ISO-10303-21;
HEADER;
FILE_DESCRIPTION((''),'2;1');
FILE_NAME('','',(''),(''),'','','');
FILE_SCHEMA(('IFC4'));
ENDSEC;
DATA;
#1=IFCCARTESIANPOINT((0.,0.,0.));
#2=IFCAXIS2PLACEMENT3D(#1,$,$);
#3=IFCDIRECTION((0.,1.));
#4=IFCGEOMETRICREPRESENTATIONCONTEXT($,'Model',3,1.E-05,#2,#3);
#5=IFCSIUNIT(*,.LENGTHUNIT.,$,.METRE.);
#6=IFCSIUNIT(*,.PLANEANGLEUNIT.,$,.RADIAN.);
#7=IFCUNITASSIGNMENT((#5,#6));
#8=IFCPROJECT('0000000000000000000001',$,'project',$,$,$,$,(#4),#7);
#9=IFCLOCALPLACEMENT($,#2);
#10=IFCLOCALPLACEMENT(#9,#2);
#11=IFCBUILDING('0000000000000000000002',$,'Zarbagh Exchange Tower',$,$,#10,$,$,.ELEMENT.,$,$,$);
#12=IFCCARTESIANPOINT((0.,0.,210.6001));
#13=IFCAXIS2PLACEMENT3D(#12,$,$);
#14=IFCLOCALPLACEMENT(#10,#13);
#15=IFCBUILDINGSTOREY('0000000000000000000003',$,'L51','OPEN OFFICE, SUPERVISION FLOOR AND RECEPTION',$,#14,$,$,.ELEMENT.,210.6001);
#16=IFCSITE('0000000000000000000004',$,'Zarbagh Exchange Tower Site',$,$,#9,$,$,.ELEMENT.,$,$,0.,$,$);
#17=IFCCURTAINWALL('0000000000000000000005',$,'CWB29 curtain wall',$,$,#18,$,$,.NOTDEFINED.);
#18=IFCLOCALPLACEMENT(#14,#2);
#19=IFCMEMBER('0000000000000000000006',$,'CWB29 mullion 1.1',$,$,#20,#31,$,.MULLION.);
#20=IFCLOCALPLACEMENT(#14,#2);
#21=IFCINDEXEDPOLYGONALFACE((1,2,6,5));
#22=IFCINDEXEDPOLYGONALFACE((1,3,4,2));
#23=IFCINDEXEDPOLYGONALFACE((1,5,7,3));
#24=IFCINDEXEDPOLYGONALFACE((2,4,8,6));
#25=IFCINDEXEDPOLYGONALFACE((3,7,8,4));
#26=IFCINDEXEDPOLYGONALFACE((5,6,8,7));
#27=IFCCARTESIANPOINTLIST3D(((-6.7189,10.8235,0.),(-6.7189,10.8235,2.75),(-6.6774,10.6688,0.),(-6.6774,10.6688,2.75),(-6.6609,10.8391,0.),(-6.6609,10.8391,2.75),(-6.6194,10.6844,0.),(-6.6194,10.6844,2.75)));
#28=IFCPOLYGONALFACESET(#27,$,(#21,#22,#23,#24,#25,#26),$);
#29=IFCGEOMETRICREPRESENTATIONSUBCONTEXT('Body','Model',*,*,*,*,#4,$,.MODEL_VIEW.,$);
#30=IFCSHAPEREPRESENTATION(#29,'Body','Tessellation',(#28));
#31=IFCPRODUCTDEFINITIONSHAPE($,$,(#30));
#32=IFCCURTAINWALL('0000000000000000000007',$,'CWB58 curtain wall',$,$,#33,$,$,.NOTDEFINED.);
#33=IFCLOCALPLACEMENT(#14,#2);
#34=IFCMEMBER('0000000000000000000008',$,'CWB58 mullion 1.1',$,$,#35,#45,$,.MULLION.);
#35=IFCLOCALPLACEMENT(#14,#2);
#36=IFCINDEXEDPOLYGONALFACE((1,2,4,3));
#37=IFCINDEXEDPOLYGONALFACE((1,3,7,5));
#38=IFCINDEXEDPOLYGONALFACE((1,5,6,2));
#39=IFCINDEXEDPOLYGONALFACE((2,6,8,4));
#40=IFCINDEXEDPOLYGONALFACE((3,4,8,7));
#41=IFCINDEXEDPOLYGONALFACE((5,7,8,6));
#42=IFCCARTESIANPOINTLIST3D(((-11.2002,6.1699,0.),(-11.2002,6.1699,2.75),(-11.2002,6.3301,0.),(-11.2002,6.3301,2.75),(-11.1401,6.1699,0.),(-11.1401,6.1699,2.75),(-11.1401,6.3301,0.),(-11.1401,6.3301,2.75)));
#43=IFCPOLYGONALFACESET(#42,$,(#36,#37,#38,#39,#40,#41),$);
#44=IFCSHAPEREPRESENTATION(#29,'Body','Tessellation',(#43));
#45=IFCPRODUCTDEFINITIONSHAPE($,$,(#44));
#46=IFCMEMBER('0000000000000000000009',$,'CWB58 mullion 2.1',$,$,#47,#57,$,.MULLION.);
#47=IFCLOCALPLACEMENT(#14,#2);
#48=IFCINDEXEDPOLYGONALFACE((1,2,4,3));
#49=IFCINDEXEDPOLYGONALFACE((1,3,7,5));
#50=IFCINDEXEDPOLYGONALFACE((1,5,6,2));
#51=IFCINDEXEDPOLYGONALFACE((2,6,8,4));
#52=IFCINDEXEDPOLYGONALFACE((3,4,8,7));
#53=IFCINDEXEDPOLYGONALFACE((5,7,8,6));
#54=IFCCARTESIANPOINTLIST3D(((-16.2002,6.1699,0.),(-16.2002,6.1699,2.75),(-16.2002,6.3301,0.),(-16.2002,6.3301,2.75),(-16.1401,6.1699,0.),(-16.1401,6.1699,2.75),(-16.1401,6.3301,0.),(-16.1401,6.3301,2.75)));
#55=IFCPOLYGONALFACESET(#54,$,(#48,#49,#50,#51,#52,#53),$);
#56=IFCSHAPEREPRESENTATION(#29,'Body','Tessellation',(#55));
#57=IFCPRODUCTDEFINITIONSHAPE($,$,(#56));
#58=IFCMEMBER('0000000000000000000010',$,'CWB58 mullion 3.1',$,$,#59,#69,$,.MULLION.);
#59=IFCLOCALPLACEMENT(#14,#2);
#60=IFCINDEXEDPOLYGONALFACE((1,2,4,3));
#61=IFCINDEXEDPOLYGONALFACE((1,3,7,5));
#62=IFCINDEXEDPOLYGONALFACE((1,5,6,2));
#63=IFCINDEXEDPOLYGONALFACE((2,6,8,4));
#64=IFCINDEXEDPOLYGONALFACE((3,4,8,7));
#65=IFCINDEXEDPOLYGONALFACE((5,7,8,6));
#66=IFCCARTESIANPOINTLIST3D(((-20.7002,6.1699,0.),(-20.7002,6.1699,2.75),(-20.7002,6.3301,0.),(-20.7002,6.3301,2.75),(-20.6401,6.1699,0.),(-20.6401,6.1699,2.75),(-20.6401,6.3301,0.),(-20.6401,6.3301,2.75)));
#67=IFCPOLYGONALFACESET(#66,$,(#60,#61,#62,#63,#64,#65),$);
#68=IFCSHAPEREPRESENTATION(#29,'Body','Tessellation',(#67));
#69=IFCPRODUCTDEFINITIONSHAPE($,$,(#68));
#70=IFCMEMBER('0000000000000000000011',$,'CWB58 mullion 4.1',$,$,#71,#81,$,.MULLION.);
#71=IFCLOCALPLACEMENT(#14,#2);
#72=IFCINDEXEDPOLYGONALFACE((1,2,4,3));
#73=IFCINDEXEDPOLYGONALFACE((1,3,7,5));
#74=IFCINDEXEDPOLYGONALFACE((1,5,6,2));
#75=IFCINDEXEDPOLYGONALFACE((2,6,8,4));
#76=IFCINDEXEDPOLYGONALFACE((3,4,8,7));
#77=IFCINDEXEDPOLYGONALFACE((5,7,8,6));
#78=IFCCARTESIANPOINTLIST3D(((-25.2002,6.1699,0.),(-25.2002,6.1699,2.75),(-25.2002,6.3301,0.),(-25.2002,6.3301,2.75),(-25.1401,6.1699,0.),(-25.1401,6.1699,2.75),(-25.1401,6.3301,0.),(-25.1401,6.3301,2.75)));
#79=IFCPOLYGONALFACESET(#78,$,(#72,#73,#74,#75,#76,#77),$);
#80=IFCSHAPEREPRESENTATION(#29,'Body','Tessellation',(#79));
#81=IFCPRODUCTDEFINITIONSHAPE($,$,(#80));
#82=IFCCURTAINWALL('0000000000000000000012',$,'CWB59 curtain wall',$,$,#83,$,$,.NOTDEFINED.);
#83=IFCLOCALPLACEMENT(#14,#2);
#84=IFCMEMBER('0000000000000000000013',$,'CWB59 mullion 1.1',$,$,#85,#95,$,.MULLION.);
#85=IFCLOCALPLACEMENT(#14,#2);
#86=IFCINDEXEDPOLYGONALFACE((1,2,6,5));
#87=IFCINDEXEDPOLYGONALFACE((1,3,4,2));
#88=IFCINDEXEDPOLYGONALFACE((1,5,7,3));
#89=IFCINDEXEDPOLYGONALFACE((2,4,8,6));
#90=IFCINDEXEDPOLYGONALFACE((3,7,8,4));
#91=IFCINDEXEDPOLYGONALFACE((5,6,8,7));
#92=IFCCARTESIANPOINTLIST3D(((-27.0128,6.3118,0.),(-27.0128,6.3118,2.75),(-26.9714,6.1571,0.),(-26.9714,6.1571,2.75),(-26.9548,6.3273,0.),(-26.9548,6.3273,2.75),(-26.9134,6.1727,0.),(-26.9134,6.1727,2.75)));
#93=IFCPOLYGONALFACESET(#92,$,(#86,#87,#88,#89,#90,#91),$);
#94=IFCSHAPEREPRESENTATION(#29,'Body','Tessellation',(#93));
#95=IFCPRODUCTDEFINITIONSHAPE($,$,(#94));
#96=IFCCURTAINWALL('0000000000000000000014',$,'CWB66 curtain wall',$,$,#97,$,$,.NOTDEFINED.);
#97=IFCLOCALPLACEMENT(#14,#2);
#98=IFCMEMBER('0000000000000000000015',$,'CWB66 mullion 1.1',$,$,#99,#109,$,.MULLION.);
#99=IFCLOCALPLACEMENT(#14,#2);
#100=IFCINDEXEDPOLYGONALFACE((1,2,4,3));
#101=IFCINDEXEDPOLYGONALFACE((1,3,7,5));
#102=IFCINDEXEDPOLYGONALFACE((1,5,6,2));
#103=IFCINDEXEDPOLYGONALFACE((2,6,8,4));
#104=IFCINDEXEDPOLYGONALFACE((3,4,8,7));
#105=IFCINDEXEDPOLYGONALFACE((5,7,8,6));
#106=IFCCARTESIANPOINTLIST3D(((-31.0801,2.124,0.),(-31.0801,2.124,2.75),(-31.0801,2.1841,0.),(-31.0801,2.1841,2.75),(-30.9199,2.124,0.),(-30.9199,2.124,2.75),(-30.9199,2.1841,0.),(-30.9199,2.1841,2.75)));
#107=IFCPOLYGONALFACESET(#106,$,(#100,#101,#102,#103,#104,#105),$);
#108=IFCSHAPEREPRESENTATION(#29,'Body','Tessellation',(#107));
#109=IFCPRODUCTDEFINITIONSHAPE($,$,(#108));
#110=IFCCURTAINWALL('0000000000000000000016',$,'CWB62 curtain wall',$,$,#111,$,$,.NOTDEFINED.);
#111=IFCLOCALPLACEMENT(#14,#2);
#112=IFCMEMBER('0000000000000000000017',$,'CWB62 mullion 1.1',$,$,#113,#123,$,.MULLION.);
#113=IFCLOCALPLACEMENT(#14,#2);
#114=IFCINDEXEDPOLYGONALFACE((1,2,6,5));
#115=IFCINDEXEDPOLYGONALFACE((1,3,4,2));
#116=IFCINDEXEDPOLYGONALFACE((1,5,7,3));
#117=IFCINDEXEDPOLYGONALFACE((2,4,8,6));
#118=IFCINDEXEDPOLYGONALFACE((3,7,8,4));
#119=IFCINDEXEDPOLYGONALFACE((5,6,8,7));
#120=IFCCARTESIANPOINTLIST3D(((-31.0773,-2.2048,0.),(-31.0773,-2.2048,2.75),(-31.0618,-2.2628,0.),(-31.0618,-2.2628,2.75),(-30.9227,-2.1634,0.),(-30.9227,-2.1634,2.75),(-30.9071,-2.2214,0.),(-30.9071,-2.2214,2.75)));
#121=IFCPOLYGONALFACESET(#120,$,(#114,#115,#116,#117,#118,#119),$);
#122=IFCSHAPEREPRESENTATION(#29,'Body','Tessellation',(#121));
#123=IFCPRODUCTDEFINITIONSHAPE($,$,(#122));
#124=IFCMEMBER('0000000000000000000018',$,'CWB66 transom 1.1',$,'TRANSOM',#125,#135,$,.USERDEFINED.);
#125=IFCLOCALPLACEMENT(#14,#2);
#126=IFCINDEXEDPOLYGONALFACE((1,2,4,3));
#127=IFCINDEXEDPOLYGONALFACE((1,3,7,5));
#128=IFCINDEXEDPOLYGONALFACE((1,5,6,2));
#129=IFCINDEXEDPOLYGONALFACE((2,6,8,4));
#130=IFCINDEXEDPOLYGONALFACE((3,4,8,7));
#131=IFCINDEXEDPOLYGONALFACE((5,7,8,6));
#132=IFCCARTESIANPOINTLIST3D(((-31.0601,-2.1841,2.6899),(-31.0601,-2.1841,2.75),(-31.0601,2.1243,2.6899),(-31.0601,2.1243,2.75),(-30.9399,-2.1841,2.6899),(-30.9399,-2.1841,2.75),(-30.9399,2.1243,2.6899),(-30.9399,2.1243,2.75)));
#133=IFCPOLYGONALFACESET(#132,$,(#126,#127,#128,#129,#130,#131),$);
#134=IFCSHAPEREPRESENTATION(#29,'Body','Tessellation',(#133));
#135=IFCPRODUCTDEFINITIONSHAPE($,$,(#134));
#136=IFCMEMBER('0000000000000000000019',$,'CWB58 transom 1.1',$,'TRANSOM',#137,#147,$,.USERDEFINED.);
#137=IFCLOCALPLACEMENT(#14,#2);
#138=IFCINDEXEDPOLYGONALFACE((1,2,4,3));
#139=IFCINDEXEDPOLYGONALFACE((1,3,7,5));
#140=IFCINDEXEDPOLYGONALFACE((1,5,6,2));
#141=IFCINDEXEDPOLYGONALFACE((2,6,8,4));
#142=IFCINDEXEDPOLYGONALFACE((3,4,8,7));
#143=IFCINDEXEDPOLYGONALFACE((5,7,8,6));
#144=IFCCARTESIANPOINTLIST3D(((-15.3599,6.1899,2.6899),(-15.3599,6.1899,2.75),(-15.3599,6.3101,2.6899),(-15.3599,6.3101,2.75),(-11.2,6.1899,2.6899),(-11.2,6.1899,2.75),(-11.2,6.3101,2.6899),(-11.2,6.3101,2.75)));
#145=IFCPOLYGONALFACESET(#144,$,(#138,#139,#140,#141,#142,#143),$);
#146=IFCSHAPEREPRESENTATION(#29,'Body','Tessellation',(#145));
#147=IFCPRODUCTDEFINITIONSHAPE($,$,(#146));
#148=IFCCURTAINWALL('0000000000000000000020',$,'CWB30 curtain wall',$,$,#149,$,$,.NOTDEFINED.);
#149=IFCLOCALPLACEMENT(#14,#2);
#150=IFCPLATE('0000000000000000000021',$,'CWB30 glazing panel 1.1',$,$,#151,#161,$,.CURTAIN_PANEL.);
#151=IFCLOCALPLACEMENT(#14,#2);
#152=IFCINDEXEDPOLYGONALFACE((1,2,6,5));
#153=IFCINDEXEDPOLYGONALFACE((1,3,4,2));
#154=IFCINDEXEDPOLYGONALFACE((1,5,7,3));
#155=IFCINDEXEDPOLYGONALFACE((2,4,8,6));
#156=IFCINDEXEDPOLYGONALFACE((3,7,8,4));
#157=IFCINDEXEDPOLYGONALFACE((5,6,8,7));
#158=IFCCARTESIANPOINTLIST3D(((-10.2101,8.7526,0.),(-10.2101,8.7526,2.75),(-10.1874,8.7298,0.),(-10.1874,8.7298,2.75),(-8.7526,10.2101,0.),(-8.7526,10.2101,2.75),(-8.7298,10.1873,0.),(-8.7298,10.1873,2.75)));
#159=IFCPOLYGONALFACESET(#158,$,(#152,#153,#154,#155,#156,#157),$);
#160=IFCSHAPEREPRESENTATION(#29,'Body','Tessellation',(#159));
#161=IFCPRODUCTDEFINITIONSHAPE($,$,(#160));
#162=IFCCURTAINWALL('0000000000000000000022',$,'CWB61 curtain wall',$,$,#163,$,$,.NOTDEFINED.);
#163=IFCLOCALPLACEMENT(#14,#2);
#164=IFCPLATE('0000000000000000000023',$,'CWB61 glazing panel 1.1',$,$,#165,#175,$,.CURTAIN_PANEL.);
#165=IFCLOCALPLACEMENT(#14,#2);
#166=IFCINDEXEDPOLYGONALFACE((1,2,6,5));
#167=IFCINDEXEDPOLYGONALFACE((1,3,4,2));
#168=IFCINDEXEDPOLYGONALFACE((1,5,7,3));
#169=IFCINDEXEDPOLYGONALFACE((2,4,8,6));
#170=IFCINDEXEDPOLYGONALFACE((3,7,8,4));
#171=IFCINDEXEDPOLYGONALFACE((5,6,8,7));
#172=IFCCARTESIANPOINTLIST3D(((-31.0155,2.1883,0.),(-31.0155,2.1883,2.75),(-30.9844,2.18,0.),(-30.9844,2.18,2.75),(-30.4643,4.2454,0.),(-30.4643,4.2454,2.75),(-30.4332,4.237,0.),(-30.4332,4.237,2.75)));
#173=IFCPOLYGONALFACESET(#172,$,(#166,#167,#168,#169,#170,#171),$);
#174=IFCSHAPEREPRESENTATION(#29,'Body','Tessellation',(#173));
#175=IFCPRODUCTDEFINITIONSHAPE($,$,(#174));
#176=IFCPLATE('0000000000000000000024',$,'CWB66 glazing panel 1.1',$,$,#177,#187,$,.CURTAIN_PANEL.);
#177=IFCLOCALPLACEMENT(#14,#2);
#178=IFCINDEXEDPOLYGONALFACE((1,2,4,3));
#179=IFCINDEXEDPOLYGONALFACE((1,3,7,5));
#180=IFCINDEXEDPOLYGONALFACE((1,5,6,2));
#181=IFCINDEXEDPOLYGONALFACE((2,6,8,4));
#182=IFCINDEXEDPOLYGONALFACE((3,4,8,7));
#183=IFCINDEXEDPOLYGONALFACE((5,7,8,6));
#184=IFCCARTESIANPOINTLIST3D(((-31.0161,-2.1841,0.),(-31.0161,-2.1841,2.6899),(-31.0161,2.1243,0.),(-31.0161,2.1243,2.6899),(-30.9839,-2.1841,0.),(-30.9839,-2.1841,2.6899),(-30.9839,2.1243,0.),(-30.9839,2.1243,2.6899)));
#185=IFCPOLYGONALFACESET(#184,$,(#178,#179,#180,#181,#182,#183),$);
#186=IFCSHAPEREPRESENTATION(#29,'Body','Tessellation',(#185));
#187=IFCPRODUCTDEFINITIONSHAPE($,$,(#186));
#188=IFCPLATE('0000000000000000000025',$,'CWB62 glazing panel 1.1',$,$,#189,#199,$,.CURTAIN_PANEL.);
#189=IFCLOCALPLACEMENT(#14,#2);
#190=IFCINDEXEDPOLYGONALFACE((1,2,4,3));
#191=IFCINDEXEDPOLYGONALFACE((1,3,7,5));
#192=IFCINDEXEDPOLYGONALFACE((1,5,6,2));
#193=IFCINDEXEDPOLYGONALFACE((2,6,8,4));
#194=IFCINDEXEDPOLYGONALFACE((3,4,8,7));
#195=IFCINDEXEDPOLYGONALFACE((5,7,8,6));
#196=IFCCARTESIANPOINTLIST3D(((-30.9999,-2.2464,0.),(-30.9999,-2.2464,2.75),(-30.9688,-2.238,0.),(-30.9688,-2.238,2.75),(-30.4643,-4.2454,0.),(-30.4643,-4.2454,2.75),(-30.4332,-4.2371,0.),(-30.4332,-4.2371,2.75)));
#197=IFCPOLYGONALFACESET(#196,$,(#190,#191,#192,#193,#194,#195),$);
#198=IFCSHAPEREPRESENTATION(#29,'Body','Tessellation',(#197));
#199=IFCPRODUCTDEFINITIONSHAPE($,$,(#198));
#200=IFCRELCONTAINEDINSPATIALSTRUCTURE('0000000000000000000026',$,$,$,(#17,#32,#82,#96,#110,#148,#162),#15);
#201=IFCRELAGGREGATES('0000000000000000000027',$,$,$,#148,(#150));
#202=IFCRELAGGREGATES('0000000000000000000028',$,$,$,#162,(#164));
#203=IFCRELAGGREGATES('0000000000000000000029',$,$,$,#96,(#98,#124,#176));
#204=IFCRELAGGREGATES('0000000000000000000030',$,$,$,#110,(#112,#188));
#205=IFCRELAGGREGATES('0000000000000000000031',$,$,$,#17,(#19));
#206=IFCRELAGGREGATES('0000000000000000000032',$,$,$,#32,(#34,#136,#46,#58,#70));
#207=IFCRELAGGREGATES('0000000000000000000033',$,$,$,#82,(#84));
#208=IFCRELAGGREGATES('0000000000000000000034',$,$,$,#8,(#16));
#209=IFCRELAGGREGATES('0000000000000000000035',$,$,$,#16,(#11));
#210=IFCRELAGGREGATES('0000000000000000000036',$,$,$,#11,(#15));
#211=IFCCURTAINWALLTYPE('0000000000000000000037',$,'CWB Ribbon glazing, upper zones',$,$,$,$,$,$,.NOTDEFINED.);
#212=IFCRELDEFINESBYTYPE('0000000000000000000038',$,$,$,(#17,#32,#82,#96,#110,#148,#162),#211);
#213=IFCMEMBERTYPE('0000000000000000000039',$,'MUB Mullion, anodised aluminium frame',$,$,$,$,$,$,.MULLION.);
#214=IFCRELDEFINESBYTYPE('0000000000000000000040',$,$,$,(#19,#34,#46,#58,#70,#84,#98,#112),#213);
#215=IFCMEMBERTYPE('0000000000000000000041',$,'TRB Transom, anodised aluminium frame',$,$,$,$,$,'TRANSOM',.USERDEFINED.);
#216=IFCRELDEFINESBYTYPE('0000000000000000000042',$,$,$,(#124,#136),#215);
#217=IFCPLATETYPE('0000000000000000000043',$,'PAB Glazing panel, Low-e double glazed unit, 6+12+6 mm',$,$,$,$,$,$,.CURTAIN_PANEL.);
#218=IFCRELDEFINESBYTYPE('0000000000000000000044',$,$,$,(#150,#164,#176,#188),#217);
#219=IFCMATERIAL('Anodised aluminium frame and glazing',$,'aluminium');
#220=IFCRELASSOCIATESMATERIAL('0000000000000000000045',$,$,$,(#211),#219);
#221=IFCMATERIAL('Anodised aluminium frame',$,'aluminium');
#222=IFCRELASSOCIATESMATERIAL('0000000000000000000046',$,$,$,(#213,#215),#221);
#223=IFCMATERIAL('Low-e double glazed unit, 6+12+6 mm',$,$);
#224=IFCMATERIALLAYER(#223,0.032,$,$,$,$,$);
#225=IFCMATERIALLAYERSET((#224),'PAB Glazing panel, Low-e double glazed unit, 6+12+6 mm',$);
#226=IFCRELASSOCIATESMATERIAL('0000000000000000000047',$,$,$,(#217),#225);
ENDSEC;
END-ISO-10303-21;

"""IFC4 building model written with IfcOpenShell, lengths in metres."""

from ifc_helpers import new_model, si_unit, direction, frame, origin, place, context, subcontext, project, spatial, polyline, outline, extrude, source, transform, mapped, material, layer, layer_set, type_object, element, aggregate, save


model = new_model("IFC4")

# Units and contexts
model_context = context("Model", 3, precision=1e-05, world=origin(), true_north=direction((0.0, 1.0)))
body_context = subcontext(model_context, "Body", "Model", "MODEL_VIEW")
ifc_project = project(units=[si_unit("LENGTHUNIT", "METRE"), si_unit("PLANEANGLEUNIT", "RADIAN")], contexts=[model_context])

# Site, building, storey
site_placement = place(None, origin())
site = spatial("IfcSite", under=ifc_project, at=site_placement, Name="Zarbagh Exchange Tower Site", CompositionType="ELEMENT", RefElevation=0.0)
building_placement = place(site_placement, origin())
building = spatial("IfcBuilding", under=site, at=building_placement, Name="Zarbagh Exchange Tower", CompositionType="ELEMENT")
storey_placement = place(building_placement, frame((0.0, 0.0, 210.6001)))
storey = spatial("IfcBuildingStorey", under=building, at=storey_placement, Name="L51", Description="OPEN OFFICE, SUPERVISION FLOOR AND RECEPTION", CompositionType="ELEMENT", Elevation=210.6001)

# Curtain wall, member
ifc_material_1 = material(Name="Anodised aluminium frame and glazing", Category="aluminium")
curtain_wall_type = type_object("IfcCurtainWallType", Name="CWB Ribbon glazing, upper zones", PredefinedType="NOTDEFINED", material=ifc_material_1)
curtain_wall_1_placement = place(storey_placement, origin())
curtain_wall_1 = element("IfcCurtainWall", 1, at=curtain_wall_1_placement, inside=storey, type_object=curtain_wall_type, Name="CWB29 curtain wall", PredefinedType="NOTDEFINED")
ifc_material_2 = material(Name="Anodised aluminium frame", Category="aluminium")
member_type_1 = type_object("IfcMemberType", Name="MUB Mullion, anodised aluminium frame", PredefinedType="MULLION", material=ifc_material_2)
shared_shape_1 = source(origin(), body_context, "Body", "SweptSolid", [
    extrude(outline(polyline([(0.0, -0.0801), (0.0601, -0.0801), (0.0601, 0.0801), (0.0, 0.0801), (0.0, -0.0801)])), origin(), (0.0, 0.0, 1.0), 2.75),
])
placement = place(storey_placement, origin())
member_1 = element("IfcMember", 2, at=placement, type_object=member_type_1, Name="CWB29 mullion 1.1", PredefinedType="MULLION", context=body_context, shape_type="MappedRepresentation", body=[
    mapped(shared_shape_1, transform((-6.6401, 10.7617, 0.0), x_axis=(-0.965924, -0.258825, 0.0), y_axis=(0.258825, -0.965924, 0.0), z_axis=(0.0, 0.0, 1.0))),
])

# Curtain wall, members
curtain_wall_2_placement = place(storey_placement, origin())
curtain_wall_2 = element("IfcCurtainWall", 3, at=curtain_wall_2_placement, inside=storey, type_object=curtain_wall_type, Name="CWB58 curtain wall", PredefinedType="NOTDEFINED")
member_2 = element("IfcMember", 4, at=placement, type_object=member_type_1, Name="CWB58 mullion 1.1", PredefinedType="MULLION", context=body_context, shape_type="MappedRepresentation", body=[
    mapped(shared_shape_1, transform((-11.1401, 6.25, 0.0), x_axis=(-1.0, 0.0, 0.0), y_axis=(0.0, -1.0, 0.0), z_axis=(0.0, 0.0, 1.0))),
])
member_3 = element("IfcMember", 5, at=placement, type_object=member_type_1, Name="CWB58 mullion 2.1", PredefinedType="MULLION", context=body_context, shape_type="MappedRepresentation", body=[
    mapped(shared_shape_1, transform((-16.1401, 6.25, 0.0), x_axis=(-1.0, 0.0, 0.0), y_axis=(0.0, -1.0, 0.0), z_axis=(0.0, 0.0, 1.0))),
])
member_4 = element("IfcMember", 6, at=placement, type_object=member_type_1, Name="CWB58 mullion 3.1", PredefinedType="MULLION", context=body_context, shape_type="MappedRepresentation", body=[
    mapped(shared_shape_1, transform((-20.6401, 6.25, 0.0), x_axis=(-1.0, 0.0, 0.0), y_axis=(0.0, -1.0, 0.0), z_axis=(0.0, 0.0, 1.0))),
])
member_5 = element("IfcMember", 7, at=placement, type_object=member_type_1, Name="CWB58 mullion 4.1", PredefinedType="MULLION", context=body_context, shape_type="MappedRepresentation", body=[
    mapped(shared_shape_1, transform((-25.1401, 6.25, 0.0), x_axis=(-1.0, 0.0, 0.0), y_axis=(0.0, -1.0, 0.0), z_axis=(0.0, 0.0, 1.0))),
])

# Curtain walls, members
curtain_wall_3_placement = place(storey_placement, origin())
curtain_wall_3 = element("IfcCurtainWall", 8, at=curtain_wall_3_placement, inside=storey, type_object=curtain_wall_type, Name="CWB59 curtain wall", PredefinedType="NOTDEFINED")
member_6 = element("IfcMember", 9, at=placement, type_object=member_type_1, Name="CWB59 mullion 1.1", PredefinedType="MULLION", context=body_context, shape_type="MappedRepresentation", body=[
    mapped(shared_shape_1, transform((-26.9341, 6.25, 0.0), x_axis=(-0.965924, -0.258825, 0.0), y_axis=(0.258825, -0.965924, 0.0), z_axis=(0.0, 0.0, 1.0))),
])
curtain_wall_4_placement = place(storey_placement, origin())
curtain_wall_4 = element("IfcCurtainWall", 10, at=curtain_wall_4_placement, inside=storey, type_object=curtain_wall_type, Name="CWB66 curtain wall", PredefinedType="NOTDEFINED")
member_7 = element("IfcMember", 11, at=placement, type_object=member_type_1, Name="CWB66 mullion 1.1", PredefinedType="MULLION", context=body_context, shape_type="MappedRepresentation", body=[
    mapped(shared_shape_1, transform((-31.0, 2.1841, 0.0), x_axis=(0.0, -1.0, 0.0), y_axis=(1.0, 0.0, 0.0), z_axis=(0.0, 0.0, 1.0))),
])
curtain_wall_5_placement = place(storey_placement, origin())
curtain_wall_5 = element("IfcCurtainWall", 12, at=curtain_wall_5_placement, inside=storey, type_object=curtain_wall_type, Name="CWB62 curtain wall", PredefinedType="NOTDEFINED")
member_8 = element("IfcMember", 13, at=placement, type_object=member_type_1, Name="CWB62 mullion 1.1", PredefinedType="MULLION", context=body_context, shape_type="MappedRepresentation", body=[
    mapped(shared_shape_1, transform((-31.0, -2.1841, 0.0), x_axis=(0.258825, -0.965924, 0.0), y_axis=(0.965924, 0.258825, 0.0), z_axis=(0.0, 0.0, 1.0))),
])

# Members
member_type_2 = type_object("IfcMemberType", Name="TRB Transom, anodised aluminium frame", ElementType="TRANSOM", PredefinedType="USERDEFINED", material=ifc_material_2)
shared_shape_2 = source(origin(), body_context, "Body", "SweptSolid", [
    extrude(outline(polyline([(-0.0601, -0.0601), (0.0, -0.0601), (0.0, 0.0601), (-0.0601, 0.0601), (-0.0601, -0.0601)])), origin(), (0.0, 0.0, 1.0), 4.3083),
])
member_9 = element("IfcMember", 14, at=placement, type_object=member_type_2, Name="CWB66 transom 1.1", ObjectType="TRANSOM", PredefinedType="USERDEFINED", context=body_context, shape_type="MappedRepresentation", body=[
    mapped(shared_shape_2, transform((-31.0, 2.1243, 2.75), x_axis=(0.0, 0.0, 1.0), y_axis=(-1.0, 0.0, 0.0), z_axis=(0.0, -1.0, 0.0))),
])
shared_shape_3 = source(origin(), body_context, "Body", "SweptSolid", [
    extrude(outline(polyline([(-0.0601, -0.0601), (0.0, -0.0601), (0.0, 0.0601), (-0.0601, 0.0601), (-0.0601, -0.0601)])), origin(), (0.0, 0.0, 1.0), 4.1599),
])
member_10 = element("IfcMember", 15, at=placement, type_object=member_type_2, Name="CWB58 transom 1.1", ObjectType="TRANSOM", PredefinedType="USERDEFINED", context=body_context, shape_type="MappedRepresentation", body=[
    mapped(shared_shape_3, transform((-11.2, 6.25, 2.75), x_axis=(0.0, 0.0, 1.0), y_axis=(0.0, 1.0, 0.0), z_axis=(-1.0, 0.0, 0.0))),
])

# Curtain walls, plates
curtain_wall_6_placement = place(storey_placement, origin())
curtain_wall_6 = element("IfcCurtainWall", 16, at=curtain_wall_6_placement, inside=storey, type_object=curtain_wall_type, Name="CWB30 curtain wall", PredefinedType="NOTDEFINED")
ifc_material_3 = material(Name="Low-e double glazed unit, 6+12+6 mm")
ifc_layer = layer(ifc_material_3, 0.032)
ifc_layer_set = layer_set([ifc_layer], Name="PAB Glazing panel, Low-e double glazed unit, 6+12+6 mm")
plate_type = type_object("IfcPlateType", Name="PAB Glazing panel, Low-e double glazed unit, 6+12+6 mm", PredefinedType="CURTAIN_PANEL", material=ifc_layer_set)
shared_shape_4 = source(origin(), body_context, "Body", "SweptSolid", [
    extrude(outline(polyline([(0.0, -0.0161), (2.0613, -0.0161), (2.0613, 0.0161), (0.0, 0.0161), (0.0, -0.0161)])), origin(), (0.0, 0.0, 1.0), 2.75),
])
plate_1 = element("IfcPlate", 17, at=placement, type_object=plate_type, Name="CWB30 glazing panel 1.1", PredefinedType="CURTAIN_PANEL", context=body_context, shape_type="MappedRepresentation", body=[
    mapped(shared_shape_4, transform((-8.7412, 10.1987, 0.0), x_axis=(-0.707107, -0.707107, 0.0), y_axis=(0.707107, -0.707107, 0.0), z_axis=(0.0, 0.0, 1.0))),
])
aggregate(curtain_wall_6, [plate_1])
curtain_wall_7_placement = place(storey_placement, origin())
curtain_wall_7 = element("IfcCurtainWall", 18, at=curtain_wall_7_placement, inside=storey, type_object=curtain_wall_type, Name="CWB61 curtain wall", PredefinedType="NOTDEFINED")
shared_shape_5 = source(origin(), body_context, "Body", "SweptSolid", [
    extrude(outline(polyline([(0.0, -0.0161), (2.1296, -0.0161), (2.1296, 0.0161), (0.0, 0.0161), (0.0, -0.0161)])), origin(), (0.0, 0.0, 1.0), 2.75),
])
plate_2 = element("IfcPlate", 19, at=placement, type_object=plate_type, Name="CWB61 glazing panel 1.1", PredefinedType="CURTAIN_PANEL", context=body_context, shape_type="MappedRepresentation", body=[
    mapped(shared_shape_5, transform((-30.4487, 4.2412, 0.0), x_axis=(-0.258825, -0.965924, 0.0), y_axis=(0.965924, -0.258825, 0.0), z_axis=(0.0, 0.0, 1.0))),
])
aggregate(curtain_wall_7, [plate_2])

# Plates
shared_shape_6 = source(origin(), body_context, "Body", "SweptSolid", [
    extrude(outline(polyline([(0.0, -0.0161), (4.3083, -0.0161), (4.3083, 0.0161), (0.0, 0.0161), (0.0, -0.0161)])), origin(), (0.0, 0.0, 1.0), 2.6899),
])
plate_3 = element("IfcPlate", 20, at=placement, type_object=plate_type, Name="CWB66 glazing panel 1.1", PredefinedType="CURTAIN_PANEL", context=body_context, shape_type="MappedRepresentation", body=[
    mapped(shared_shape_6, transform((-31.0, 2.1243, 0.0), x_axis=(0.0, -1.0, 0.0), y_axis=(1.0, 0.0, 0.0), z_axis=(0.0, 0.0, 1.0))),
])
aggregate(curtain_wall_4, [member_7, member_9, plate_3])
shared_shape_7 = source(origin(), body_context, "Body", "SweptSolid", [
    extrude(outline(polyline([(0.0, -0.0161), (2.0696, -0.0161), (2.0696, 0.0161), (0.0, 0.0161), (0.0, -0.0161)])), origin(), (0.0, 0.0, 1.0), 2.75),
])
plate_4 = element("IfcPlate", 21, at=placement, type_object=plate_type, Name="CWB62 glazing panel 1.1", PredefinedType="CURTAIN_PANEL", context=body_context, shape_type="MappedRepresentation", body=[
    mapped(shared_shape_7, transform((-30.9844, -2.2422, 0.0), x_axis=(0.258825, -0.965924, 0.0), y_axis=(0.965924, 0.258825, 0.0), z_axis=(0.0, 0.0, 1.0))),
])
aggregate(curtain_wall_5, [member_8, plate_4])
aggregate(curtain_wall_1, [member_1])

aggregate(curtain_wall_2, [member_2, member_10, member_3, member_4, member_5])
aggregate(curtain_wall_3, [member_6])

save(model, "model.ifc")
